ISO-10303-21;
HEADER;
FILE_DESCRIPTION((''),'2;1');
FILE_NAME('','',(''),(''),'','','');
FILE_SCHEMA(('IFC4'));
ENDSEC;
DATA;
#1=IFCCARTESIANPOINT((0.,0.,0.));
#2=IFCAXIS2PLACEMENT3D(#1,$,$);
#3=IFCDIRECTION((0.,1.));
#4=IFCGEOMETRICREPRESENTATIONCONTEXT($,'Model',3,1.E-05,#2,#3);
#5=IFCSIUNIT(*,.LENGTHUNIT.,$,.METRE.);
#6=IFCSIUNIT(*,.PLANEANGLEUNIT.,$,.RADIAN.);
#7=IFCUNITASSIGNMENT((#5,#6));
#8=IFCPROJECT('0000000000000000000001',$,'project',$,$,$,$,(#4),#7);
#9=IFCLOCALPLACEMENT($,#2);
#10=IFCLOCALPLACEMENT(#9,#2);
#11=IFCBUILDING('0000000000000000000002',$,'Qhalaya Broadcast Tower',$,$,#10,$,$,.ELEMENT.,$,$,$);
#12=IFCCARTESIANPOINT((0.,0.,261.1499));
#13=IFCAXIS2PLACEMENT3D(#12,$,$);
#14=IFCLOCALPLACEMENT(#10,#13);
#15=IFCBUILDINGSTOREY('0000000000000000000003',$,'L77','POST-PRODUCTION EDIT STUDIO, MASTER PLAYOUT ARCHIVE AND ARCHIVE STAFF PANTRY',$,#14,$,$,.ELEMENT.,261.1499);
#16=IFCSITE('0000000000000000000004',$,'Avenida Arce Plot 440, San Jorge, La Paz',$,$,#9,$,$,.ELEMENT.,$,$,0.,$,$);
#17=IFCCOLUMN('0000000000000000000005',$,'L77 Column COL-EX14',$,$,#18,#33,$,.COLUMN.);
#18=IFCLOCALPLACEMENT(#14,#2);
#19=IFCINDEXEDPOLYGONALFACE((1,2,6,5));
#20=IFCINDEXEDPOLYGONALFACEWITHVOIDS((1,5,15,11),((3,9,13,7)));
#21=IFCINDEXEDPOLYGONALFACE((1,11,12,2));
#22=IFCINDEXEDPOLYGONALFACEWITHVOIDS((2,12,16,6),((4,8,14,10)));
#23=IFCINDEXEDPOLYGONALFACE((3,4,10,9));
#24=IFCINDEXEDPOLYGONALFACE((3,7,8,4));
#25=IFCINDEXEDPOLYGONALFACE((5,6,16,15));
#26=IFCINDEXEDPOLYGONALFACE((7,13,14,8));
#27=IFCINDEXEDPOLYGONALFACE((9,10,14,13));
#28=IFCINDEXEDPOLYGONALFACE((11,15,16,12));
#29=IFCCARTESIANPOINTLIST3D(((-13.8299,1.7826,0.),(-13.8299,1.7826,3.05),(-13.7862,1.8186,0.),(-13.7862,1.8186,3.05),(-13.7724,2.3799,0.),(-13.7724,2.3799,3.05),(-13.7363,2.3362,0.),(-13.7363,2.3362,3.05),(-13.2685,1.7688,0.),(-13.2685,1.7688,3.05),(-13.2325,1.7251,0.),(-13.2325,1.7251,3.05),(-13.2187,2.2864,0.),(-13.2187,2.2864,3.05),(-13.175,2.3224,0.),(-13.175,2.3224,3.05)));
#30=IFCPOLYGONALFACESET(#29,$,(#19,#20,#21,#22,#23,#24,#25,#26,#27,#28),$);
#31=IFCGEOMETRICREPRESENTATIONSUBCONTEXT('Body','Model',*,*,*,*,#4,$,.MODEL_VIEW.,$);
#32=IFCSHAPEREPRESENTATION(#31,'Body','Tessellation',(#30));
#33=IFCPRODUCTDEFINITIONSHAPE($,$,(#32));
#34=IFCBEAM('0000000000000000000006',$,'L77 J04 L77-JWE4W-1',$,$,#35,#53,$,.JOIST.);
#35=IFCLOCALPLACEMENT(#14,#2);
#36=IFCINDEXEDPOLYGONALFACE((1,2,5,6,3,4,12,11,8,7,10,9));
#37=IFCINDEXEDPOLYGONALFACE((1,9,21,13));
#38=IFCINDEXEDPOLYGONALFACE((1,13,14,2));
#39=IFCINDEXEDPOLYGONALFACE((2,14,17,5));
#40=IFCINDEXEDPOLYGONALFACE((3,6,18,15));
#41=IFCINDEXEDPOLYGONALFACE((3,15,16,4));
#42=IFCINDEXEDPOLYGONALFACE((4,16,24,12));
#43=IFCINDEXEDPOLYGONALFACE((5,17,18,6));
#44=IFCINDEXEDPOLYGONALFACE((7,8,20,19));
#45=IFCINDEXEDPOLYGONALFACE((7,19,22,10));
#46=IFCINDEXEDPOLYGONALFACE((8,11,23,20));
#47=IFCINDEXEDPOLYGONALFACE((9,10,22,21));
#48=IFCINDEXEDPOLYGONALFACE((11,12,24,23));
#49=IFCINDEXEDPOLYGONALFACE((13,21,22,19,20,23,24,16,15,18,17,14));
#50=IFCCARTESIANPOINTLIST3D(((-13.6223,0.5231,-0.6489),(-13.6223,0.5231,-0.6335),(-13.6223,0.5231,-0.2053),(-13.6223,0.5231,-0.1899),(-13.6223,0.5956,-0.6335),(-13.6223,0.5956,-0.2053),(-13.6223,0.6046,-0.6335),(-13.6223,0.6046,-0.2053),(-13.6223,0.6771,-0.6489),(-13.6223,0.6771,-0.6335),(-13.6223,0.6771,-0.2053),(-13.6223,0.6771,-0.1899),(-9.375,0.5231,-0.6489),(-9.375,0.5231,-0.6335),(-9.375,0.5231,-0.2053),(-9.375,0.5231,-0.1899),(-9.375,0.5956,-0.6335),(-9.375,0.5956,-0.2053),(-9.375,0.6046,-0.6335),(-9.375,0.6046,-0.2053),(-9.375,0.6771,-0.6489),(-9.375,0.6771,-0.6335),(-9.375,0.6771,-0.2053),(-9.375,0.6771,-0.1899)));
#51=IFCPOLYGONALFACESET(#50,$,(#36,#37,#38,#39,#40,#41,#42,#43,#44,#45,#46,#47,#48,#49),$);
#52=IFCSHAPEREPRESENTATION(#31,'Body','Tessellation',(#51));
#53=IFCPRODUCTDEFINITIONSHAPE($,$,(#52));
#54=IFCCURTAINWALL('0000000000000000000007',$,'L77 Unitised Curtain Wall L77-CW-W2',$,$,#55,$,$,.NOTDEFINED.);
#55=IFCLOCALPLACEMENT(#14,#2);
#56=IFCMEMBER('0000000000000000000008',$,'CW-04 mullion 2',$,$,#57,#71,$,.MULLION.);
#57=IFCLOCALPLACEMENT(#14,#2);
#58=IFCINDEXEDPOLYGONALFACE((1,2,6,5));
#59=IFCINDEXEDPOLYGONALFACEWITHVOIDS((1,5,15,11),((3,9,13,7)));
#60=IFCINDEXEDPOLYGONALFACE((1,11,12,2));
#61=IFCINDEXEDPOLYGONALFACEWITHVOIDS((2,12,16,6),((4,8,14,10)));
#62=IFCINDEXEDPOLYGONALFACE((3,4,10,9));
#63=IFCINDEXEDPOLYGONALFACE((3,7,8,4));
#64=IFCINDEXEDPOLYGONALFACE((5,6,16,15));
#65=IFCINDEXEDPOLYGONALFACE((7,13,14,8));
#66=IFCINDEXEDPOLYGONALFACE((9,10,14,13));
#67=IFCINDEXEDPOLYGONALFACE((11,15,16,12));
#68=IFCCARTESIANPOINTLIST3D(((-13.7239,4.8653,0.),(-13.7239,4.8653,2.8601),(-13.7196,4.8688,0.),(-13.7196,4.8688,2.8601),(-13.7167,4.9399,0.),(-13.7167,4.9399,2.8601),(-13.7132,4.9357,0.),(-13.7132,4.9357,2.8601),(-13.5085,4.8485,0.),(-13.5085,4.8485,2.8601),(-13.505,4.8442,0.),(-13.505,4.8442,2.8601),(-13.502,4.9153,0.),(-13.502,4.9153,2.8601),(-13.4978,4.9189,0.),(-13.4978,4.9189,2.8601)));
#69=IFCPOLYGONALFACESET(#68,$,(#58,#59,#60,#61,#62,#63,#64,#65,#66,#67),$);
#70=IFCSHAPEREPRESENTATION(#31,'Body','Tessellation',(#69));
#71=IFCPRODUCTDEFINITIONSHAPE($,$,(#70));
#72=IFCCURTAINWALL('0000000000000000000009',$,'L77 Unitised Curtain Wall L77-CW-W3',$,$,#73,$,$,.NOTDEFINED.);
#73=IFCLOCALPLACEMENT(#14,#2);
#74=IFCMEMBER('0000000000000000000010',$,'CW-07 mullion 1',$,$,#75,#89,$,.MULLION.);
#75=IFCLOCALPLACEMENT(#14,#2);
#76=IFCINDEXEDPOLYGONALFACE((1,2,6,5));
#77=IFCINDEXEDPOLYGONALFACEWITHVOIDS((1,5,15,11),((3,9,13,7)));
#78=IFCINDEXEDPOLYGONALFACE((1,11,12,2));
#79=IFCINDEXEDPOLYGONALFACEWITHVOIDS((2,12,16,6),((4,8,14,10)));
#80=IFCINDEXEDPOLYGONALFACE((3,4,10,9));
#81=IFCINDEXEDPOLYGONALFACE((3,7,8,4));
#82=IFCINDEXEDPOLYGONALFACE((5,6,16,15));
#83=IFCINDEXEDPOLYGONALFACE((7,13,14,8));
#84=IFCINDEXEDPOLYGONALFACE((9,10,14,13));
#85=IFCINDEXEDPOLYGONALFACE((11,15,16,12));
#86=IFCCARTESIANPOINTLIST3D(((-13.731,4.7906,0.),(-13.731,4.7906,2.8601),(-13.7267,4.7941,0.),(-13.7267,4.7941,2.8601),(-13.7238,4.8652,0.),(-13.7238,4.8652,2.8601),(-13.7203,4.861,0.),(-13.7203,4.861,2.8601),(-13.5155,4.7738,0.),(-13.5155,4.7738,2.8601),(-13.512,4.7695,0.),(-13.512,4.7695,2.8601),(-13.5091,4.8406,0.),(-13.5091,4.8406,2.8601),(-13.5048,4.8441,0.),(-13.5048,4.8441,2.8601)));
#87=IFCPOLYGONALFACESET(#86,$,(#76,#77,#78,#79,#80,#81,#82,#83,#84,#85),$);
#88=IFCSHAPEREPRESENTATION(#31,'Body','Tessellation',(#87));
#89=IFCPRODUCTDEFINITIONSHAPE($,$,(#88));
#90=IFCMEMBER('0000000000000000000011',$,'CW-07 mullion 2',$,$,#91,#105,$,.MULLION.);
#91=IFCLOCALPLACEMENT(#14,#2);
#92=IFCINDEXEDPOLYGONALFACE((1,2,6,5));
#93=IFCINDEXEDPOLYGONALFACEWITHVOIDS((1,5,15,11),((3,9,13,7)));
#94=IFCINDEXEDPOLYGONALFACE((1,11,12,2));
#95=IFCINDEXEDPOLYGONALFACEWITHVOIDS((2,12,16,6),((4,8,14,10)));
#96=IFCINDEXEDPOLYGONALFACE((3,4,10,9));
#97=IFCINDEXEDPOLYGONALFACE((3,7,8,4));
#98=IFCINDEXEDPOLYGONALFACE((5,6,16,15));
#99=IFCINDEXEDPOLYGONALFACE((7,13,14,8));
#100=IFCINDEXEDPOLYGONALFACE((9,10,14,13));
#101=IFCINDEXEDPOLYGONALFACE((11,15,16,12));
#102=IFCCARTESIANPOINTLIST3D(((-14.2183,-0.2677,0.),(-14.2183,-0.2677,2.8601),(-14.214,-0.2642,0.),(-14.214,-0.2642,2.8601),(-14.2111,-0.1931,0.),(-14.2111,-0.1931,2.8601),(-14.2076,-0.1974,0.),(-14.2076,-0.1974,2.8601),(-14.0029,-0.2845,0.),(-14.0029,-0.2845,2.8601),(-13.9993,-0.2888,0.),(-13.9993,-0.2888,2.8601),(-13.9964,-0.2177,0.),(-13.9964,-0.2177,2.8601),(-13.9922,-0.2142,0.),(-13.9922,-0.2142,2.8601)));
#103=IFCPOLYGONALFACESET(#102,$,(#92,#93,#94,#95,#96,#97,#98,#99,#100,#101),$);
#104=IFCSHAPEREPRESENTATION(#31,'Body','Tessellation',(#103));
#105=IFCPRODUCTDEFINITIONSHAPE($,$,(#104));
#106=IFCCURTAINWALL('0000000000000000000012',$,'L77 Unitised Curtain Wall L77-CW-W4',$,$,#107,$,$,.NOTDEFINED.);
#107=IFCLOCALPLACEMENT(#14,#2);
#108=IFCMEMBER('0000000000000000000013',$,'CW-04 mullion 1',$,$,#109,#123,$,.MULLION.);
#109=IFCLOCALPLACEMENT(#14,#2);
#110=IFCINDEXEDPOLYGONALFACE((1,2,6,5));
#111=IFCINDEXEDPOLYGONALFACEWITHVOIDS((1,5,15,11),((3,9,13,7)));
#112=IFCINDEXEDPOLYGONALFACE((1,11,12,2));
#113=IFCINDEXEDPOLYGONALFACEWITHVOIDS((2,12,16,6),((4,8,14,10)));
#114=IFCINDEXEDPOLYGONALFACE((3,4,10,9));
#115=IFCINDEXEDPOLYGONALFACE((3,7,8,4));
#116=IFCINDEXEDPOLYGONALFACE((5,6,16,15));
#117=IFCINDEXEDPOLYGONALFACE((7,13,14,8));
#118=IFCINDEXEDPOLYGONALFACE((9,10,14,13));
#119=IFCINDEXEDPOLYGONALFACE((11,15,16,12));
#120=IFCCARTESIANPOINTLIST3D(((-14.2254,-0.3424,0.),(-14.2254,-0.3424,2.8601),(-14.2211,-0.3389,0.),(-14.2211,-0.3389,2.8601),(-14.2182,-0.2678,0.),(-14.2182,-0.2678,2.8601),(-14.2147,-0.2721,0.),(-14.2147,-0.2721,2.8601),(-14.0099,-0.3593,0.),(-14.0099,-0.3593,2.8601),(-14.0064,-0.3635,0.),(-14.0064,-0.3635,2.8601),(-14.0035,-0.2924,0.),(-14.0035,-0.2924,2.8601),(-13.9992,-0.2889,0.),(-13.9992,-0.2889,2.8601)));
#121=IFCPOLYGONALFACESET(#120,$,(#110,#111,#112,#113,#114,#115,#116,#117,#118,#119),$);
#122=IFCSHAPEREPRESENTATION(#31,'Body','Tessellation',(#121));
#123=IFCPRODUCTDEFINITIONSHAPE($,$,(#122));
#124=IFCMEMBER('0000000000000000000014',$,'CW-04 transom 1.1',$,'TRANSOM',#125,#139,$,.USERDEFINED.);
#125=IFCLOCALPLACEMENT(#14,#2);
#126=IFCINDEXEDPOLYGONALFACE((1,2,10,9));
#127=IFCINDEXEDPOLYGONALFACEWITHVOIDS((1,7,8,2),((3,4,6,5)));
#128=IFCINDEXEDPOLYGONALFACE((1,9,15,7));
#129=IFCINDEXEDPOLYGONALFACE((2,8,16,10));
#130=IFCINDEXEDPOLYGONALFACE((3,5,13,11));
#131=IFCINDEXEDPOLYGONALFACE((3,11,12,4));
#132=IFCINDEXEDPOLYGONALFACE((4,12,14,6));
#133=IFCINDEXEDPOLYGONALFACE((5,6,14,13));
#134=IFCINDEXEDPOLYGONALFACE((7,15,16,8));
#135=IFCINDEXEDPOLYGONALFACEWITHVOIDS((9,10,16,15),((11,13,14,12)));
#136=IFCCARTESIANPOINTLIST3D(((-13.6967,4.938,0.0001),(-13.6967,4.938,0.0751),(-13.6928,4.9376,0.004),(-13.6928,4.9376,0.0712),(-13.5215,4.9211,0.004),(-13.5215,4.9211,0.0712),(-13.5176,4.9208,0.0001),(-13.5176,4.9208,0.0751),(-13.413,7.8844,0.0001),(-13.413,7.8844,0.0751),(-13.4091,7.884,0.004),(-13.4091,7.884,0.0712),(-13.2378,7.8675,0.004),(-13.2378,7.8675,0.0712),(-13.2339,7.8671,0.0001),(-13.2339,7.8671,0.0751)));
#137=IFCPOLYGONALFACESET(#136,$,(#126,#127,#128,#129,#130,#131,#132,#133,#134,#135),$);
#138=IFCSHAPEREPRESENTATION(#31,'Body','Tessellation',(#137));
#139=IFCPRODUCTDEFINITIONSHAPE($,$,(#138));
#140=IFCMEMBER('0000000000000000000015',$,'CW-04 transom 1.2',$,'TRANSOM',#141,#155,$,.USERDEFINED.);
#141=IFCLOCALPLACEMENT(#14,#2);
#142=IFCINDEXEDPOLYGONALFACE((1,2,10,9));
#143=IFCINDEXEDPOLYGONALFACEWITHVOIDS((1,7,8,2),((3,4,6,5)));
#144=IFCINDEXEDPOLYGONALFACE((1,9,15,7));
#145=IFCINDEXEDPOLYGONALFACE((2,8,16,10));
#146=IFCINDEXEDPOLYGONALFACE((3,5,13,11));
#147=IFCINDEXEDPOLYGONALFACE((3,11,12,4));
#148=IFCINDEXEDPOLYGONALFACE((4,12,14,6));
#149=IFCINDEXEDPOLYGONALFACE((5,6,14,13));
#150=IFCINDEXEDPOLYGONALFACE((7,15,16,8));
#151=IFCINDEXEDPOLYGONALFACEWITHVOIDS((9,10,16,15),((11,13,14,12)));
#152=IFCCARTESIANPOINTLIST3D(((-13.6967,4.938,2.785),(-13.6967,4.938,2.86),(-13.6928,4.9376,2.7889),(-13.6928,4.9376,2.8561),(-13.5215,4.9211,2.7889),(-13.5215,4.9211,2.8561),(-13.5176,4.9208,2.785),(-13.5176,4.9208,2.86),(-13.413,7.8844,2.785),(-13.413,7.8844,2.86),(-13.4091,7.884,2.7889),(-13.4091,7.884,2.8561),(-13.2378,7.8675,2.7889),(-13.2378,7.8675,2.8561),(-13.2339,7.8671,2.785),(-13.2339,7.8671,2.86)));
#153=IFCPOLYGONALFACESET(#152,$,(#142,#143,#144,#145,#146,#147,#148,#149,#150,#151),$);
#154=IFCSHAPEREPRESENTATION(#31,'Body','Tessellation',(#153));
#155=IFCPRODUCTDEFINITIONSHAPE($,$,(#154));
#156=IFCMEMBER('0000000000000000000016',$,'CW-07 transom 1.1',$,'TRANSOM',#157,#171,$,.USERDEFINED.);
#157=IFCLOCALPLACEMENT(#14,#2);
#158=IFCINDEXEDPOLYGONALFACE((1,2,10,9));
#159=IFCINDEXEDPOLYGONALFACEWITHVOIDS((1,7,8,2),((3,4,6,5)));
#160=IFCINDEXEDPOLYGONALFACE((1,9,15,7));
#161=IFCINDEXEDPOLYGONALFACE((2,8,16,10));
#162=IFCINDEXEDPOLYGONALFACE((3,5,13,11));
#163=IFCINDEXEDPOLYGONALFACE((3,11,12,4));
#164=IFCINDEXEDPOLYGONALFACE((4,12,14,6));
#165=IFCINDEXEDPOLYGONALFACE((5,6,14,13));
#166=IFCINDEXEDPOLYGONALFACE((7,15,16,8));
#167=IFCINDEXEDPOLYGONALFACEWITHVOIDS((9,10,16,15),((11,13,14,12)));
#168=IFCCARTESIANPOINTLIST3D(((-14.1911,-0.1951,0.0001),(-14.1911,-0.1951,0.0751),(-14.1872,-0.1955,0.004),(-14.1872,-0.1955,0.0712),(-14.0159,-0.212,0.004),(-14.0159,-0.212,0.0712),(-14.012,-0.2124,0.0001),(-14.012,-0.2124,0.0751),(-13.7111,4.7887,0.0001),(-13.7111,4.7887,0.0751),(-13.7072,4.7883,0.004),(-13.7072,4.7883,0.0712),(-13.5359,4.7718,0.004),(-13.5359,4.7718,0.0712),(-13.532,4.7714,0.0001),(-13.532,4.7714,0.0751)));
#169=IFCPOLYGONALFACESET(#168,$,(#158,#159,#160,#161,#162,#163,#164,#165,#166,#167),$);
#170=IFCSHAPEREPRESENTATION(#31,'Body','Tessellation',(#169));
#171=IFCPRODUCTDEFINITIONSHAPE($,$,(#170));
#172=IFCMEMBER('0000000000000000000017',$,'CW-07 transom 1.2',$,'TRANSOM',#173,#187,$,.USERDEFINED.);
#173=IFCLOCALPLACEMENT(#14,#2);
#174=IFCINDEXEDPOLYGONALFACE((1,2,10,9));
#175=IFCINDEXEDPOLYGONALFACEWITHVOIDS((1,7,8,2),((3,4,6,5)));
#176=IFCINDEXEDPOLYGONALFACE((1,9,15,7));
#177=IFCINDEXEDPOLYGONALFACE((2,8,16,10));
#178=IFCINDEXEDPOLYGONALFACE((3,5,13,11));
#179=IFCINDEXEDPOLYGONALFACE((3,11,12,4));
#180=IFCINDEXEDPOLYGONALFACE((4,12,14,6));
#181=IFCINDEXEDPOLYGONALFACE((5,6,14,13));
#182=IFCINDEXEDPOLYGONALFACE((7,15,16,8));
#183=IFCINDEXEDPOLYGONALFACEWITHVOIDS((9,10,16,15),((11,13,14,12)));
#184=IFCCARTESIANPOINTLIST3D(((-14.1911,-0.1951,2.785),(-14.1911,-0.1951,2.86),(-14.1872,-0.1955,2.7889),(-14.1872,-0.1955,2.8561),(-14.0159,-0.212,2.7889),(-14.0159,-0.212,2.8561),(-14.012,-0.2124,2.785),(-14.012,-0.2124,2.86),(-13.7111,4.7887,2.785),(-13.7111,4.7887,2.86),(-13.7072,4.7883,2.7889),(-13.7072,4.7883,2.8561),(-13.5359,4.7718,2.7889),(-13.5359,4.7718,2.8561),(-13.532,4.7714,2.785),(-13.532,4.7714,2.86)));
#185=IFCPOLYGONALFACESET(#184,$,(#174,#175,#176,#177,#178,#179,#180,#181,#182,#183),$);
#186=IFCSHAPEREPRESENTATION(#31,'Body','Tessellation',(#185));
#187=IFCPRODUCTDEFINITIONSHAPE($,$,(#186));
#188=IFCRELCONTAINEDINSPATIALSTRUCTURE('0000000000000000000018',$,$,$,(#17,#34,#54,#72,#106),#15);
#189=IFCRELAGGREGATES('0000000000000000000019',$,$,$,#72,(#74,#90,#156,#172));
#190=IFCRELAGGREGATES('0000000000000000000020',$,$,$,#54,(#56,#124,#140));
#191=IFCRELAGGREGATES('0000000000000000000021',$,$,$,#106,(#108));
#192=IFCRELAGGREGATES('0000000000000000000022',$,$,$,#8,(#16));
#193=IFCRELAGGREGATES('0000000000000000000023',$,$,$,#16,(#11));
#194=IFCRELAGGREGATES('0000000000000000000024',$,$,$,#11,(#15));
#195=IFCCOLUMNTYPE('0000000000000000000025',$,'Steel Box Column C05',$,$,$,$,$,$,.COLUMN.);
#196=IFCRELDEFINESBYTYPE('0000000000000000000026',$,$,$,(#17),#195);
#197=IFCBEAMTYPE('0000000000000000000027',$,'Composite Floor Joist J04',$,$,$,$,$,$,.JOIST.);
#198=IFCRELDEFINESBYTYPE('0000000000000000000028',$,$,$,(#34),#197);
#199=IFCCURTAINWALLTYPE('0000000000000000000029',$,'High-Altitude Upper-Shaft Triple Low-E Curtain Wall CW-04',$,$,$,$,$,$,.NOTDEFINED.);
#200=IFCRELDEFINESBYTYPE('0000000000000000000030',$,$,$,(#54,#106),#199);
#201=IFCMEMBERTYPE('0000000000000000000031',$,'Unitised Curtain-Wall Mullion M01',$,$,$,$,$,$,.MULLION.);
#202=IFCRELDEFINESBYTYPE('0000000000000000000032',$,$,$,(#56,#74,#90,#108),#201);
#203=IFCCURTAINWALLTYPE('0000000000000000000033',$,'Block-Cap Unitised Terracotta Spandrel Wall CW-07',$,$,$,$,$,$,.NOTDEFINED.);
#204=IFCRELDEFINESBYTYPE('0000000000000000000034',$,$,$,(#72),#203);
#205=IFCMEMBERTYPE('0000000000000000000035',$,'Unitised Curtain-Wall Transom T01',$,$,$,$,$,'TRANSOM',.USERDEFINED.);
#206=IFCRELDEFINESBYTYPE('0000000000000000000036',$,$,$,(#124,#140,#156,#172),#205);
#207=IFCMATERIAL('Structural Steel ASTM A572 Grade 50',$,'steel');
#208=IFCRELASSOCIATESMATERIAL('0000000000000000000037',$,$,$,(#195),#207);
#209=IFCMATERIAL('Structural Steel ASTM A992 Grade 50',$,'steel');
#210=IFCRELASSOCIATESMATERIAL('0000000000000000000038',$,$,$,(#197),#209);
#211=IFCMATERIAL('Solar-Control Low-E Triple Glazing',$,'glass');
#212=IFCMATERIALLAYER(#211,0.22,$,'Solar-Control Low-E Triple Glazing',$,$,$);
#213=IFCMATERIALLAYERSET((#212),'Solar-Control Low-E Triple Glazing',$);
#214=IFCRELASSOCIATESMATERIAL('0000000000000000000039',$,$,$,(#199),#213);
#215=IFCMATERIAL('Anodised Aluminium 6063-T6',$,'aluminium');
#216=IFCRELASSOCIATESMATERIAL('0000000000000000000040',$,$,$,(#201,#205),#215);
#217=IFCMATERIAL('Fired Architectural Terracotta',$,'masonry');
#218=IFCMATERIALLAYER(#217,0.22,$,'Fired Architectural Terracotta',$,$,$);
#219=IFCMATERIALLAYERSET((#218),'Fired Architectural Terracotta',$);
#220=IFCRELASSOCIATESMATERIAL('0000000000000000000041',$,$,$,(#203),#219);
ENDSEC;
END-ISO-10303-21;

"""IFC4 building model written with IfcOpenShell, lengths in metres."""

from ifc_helpers import new_model, si_unit, direction, frame, origin, origin_2d, place, context, subcontext, project, spatial, hollow_rectangle, i_section, extrude, material, layer, layer_set, material_profile, profile_set, type_object, element, aggregate, save


model = new_model("IFC4")

# Units and contexts
model_context = context("Model", 3, precision=1e-05, world=origin(), true_north=direction((0.0, 1.0)))
body_context = subcontext(model_context, "Body", "Model", "MODEL_VIEW")
ifc_project = project(units=[si_unit("LENGTHUNIT", "METRE"), si_unit("PLANEANGLEUNIT", "RADIAN")], contexts=[model_context])

# Site, building, storey
site_placement = place(None, origin())
site = spatial("IfcSite", under=ifc_project, at=site_placement, Name="Avenida Arce Plot 440, San Jorge, La Paz", CompositionType="ELEMENT", RefElevation=0.0)
building_placement = place(site_placement, origin())
building = spatial("IfcBuilding", under=site, at=building_placement, Name="Qhalaya Broadcast Tower", CompositionType="ELEMENT")
storey_placement = place(building_placement, frame((0.0, 0.0, 261.1499)))
storey = spatial("IfcBuildingStorey", under=building, at=storey_placement, Name="L77", Description="POST-PRODUCTION EDIT STUDIO, MASTER PLAYOUT ARCHIVE AND ARCHIVE STAFF PANTRY", CompositionType="ELEMENT", Elevation=261.1499)

# Column
ifc_material_1 = material(Name="Structural Steel ASTM A572 Grade 50", Category="steel")
ifc_material_profile_1 = material_profile(ifc_material_1, hollow_rectangle(XDim=0.6001, YDim=0.6001, WallThickness=0.04, at=origin_2d()), Name="BOX 600x600x40")
ifc_profile_set_1 = profile_set([ifc_material_profile_1], Name="Structural Steel ASTM A572 Grade 50")
column_type = type_object("IfcColumnType", Name="Steel Box Column C05", PredefinedType="COLUMN", material=ifc_profile_set_1)
column_placement = place(storey_placement, frame((-13.5024, 2.0525, 0.0), z_axis=(0.0, 0.0, 1.0), x_axis=(0.095846, 0.995396, 0.0)))
element("IfcColumn", 1, at=column_placement, inside=storey, type_object=column_type, Name="L77 Column COL-EX14", PredefinedType="COLUMN", context=body_context, shape_type="SweptSolid", body=[
    extrude(hollow_rectangle(XDim=0.6001, YDim=0.6001, WallThickness=0.04, at=origin_2d()), origin(), (0.0, 0.0, 1.0), 3.05),
])

# Beam
ifc_material_2 = material(Name="Structural Steel ASTM A992 Grade 50", Category="steel")
ifc_material_profile_2 = material_profile(ifc_material_2, i_section(OverallWidth=0.1541, OverallDepth=0.459, WebThickness=0.009, FlangeThickness=0.0154, at=origin_2d()), Name="W18X46")
ifc_profile_set_2 = profile_set([ifc_material_profile_2], Name="Structural Steel ASTM A992 Grade 50")
beam_type_1 = type_object("IfcBeamType", Name="Composite Floor Joist J04", PredefinedType="JOIST", material=ifc_profile_set_2)
beam_1_placement = place(storey_placement, frame((-13.6223, 0.6001, -0.4194), z_axis=(1.0, 0.0, 0.0), x_axis=(0.0, 1.0, 0.0)))
element("IfcBeam", 2, at=beam_1_placement, inside=storey, type_object=beam_type_1, Name="L77 J04 L77-JWE4W-1", PredefinedType="JOIST", context=body_context, shape_type="SweptSolid", body=[
    extrude(i_section(OverallWidth=0.1541, OverallDepth=0.459, WebThickness=0.009, FlangeThickness=0.0154, at=origin_2d()), origin(), (0.0, 0.0, 1.0), 4.2473),
])

# Curtain wall, member
ifc_material_3 = material(Name="Solar-Control Low-E Triple Glazing", Category="glass")
ifc_layer_1 = layer(ifc_material_3, 0.22, Name="Solar-Control Low-E Triple Glazing")
ifc_layer_set_1 = layer_set([ifc_layer_1], Name="Solar-Control Low-E Triple Glazing")
curtain_wall_type_1 = type_object("IfcCurtainWallType", Name="High-Altitude Upper-Shaft Triple Low-E Curtain Wall CW-04", PredefinedType="NOTDEFINED", material=ifc_layer_set_1)
curtain_wall_1_placement = place(storey_placement, origin())
curtain_wall_1 = element("IfcCurtainWall", 3, at=curtain_wall_1_placement, inside=storey, type_object=curtain_wall_type_1, Name="L77 Unitised Curtain Wall L77-CW-W2", PredefinedType="NOTDEFINED")
ifc_material_4 = material(Name="Anodised Aluminium 6063-T6", Category="aluminium")
ifc_material_profile_3 = material_profile(ifc_material_4, hollow_rectangle(XDim=0.075, YDim=0.22, WallThickness=0.0039, at=origin_2d()), Name="ALU-MUL 75x220x4")
ifc_profile_set_3 = profile_set([ifc_material_profile_3], Name="Anodised Aluminium 6063-T6")
member_type_1 = type_object("IfcMemberType", Name="Unitised Curtain-Wall Mullion M01", PredefinedType="MULLION", material=ifc_profile_set_3)
member_1_placement = place(storey_placement, frame((-13.6108, 4.8921, 0.0), z_axis=(0.0, 0.0, 1.0), x_axis=(-0.095851, -0.995396, 0.0)))
member_1 = element("IfcMember", 4, at=member_1_placement, type_object=member_type_1, Name="CW-04 mullion 2", PredefinedType="MULLION", context=body_context, shape_type="SweptSolid", body=[
    extrude(hollow_rectangle(XDim=0.075, YDim=0.22, WallThickness=0.0039, at=origin_2d()), origin(), (0.0, 0.0, 1.0), 2.8601),
])

# Curtain wall, members
ifc_material_5 = material(Name="Fired Architectural Terracotta", Category="masonry")
ifc_layer_2 = layer(ifc_material_5, 0.22, Name="Fired Architectural Terracotta")
ifc_layer_set_2 = layer_set([ifc_layer_2], Name="Fired Architectural Terracotta")
curtain_wall_type_2 = type_object("IfcCurtainWallType", Name="Block-Cap Unitised Terracotta Spandrel Wall CW-07", PredefinedType="NOTDEFINED", material=ifc_layer_set_2)
curtain_wall_2_placement = place(storey_placement, origin())
curtain_wall_2 = element("IfcCurtainWall", 5, at=curtain_wall_2_placement, inside=storey, type_object=curtain_wall_type_2, Name="L77 Unitised Curtain Wall L77-CW-W3", PredefinedType="NOTDEFINED")
member_2_placement = place(storey_placement, frame((-13.6179, 4.8174, 0.0), z_axis=(0.0, 0.0, 1.0), x_axis=(-0.095851, -0.995396, 0.0)))
member_2 = element("IfcMember", 6, at=member_2_placement, type_object=member_type_1, Name="CW-07 mullion 1", PredefinedType="MULLION", context=body_context, shape_type="SweptSolid", body=[
    extrude(hollow_rectangle(XDim=0.075, YDim=0.22, WallThickness=0.0039, at=origin_2d()), origin(), (0.0, 0.0, 1.0), 2.8601),
])
member_3_placement = place(storey_placement, frame((-14.1052, -0.241, 0.0), z_axis=(0.0, 0.0, 1.0), x_axis=(-0.095851, -0.995396, 0.0)))
member_3 = element("IfcMember", 7, at=member_3_placement, type_object=member_type_1, Name="CW-07 mullion 2", PredefinedType="MULLION", context=body_context, shape_type="SweptSolid", body=[
    extrude(hollow_rectangle(XDim=0.075, YDim=0.22, WallThickness=0.0039, at=origin_2d()), origin(), (0.0, 0.0, 1.0), 2.8601),
])

# Curtain wall, member
curtain_wall_3_placement = place(storey_placement, origin())
curtain_wall_3 = element("IfcCurtainWall", 8, at=curtain_wall_3_placement, inside=storey, type_object=curtain_wall_type_1, Name="L77 Unitised Curtain Wall L77-CW-W4", PredefinedType="NOTDEFINED")
member_4_placement = place(storey_placement, frame((-14.1123, -0.3157, 0.0), z_axis=(0.0, 0.0, 1.0), x_axis=(-0.09582, -0.995399, 0.0)))
member_4 = element("IfcMember", 9, at=member_4_placement, type_object=member_type_1, Name="CW-04 mullion 1", PredefinedType="MULLION", context=body_context, shape_type="SweptSolid", body=[
    extrude(hollow_rectangle(XDim=0.075, YDim=0.22, WallThickness=0.0039, at=origin_2d()), origin(), (0.0, 0.0, 1.0), 2.8601),
])

# Members
ifc_material_profile_4 = material_profile(ifc_material_4, hollow_rectangle(XDim=0.075, YDim=0.1799, WallThickness=0.0039, at=origin_2d()), Name="ALU-TRN 75x180x4")
ifc_profile_set_4 = profile_set([ifc_material_profile_4], Name="Anodised Aluminium 6063-T6")
member_type_2 = type_object("IfcMemberType", Name="Unitised Curtain-Wall Transom T01", ElementType="TRANSOM", PredefinedType="USERDEFINED", material=ifc_profile_set_4)
member_5_placement = place(storey_placement, frame((-13.3235, 7.8757, 0.0376), z_axis=(-0.095844, -0.995396, 0.0), x_axis=(0.0, 0.0, 1.0)))
member_5 = element("IfcMember", 10, at=member_5_placement, type_object=member_type_2, Name="CW-04 transom 1.1", ObjectType="TRANSOM", PredefinedType="USERDEFINED", context=body_context, shape_type="SweptSolid", body=[
    extrude(hollow_rectangle(XDim=0.075, YDim=0.1799, WallThickness=0.0039, at=origin_2d()), origin(), (0.0, 0.0, 1.0), 2.96),
])
member_6_placement = place(storey_placement, frame((-13.3235, 7.8757, 2.8225), z_axis=(-0.095844, -0.995396, 0.0), x_axis=(0.0, 0.0, 1.0)))
member_6 = element("IfcMember", 11, at=member_6_placement, type_object=member_type_2, Name="CW-04 transom 1.2", ObjectType="TRANSOM", PredefinedType="USERDEFINED", context=body_context, shape_type="SweptSolid", body=[
    extrude(hollow_rectangle(XDim=0.075, YDim=0.1799, WallThickness=0.0039, at=origin_2d()), origin(), (0.0, 0.0, 1.0), 2.96),
])
member_7_placement = place(storey_placement, frame((-13.6216, 4.78, 0.0376), z_axis=(-0.095863, -0.995395, 0.0), x_axis=(0.0, 0.0, 1.0)))
member_7 = element("IfcMember", 12, at=member_7_placement, type_object=member_type_2, Name="CW-07 transom 1.1", ObjectType="TRANSOM", PredefinedType="USERDEFINED", context=body_context, shape_type="SweptSolid", body=[
    extrude(hollow_rectangle(XDim=0.075, YDim=0.1799, WallThickness=0.0039, at=origin_2d()), origin(), (0.0, 0.0, 1.0), 5.0068),
])
member_8_placement = place(storey_placement, frame((-13.6216, 4.78, 2.8225), z_axis=(-0.095863, -0.995395, 0.0), x_axis=(0.0, 0.0, 1.0)))
member_8 = element("IfcMember", 13, at=member_8_placement, type_object=member_type_2, Name="CW-07 transom 1.2", ObjectType="TRANSOM", PredefinedType="USERDEFINED", context=body_context, shape_type="SweptSolid", body=[
    extrude(hollow_rectangle(XDim=0.075, YDim=0.1799, WallThickness=0.0039, at=origin_2d()), origin(), (0.0, 0.0, 1.0), 5.0068),
])

aggregate(curtain_wall_2, [member_2, member_3, member_7, member_8])
aggregate(curtain_wall_1, [member_1, member_5, member_6])
aggregate(curtain_wall_3, [member_4])

save(model, "model.ifc")
